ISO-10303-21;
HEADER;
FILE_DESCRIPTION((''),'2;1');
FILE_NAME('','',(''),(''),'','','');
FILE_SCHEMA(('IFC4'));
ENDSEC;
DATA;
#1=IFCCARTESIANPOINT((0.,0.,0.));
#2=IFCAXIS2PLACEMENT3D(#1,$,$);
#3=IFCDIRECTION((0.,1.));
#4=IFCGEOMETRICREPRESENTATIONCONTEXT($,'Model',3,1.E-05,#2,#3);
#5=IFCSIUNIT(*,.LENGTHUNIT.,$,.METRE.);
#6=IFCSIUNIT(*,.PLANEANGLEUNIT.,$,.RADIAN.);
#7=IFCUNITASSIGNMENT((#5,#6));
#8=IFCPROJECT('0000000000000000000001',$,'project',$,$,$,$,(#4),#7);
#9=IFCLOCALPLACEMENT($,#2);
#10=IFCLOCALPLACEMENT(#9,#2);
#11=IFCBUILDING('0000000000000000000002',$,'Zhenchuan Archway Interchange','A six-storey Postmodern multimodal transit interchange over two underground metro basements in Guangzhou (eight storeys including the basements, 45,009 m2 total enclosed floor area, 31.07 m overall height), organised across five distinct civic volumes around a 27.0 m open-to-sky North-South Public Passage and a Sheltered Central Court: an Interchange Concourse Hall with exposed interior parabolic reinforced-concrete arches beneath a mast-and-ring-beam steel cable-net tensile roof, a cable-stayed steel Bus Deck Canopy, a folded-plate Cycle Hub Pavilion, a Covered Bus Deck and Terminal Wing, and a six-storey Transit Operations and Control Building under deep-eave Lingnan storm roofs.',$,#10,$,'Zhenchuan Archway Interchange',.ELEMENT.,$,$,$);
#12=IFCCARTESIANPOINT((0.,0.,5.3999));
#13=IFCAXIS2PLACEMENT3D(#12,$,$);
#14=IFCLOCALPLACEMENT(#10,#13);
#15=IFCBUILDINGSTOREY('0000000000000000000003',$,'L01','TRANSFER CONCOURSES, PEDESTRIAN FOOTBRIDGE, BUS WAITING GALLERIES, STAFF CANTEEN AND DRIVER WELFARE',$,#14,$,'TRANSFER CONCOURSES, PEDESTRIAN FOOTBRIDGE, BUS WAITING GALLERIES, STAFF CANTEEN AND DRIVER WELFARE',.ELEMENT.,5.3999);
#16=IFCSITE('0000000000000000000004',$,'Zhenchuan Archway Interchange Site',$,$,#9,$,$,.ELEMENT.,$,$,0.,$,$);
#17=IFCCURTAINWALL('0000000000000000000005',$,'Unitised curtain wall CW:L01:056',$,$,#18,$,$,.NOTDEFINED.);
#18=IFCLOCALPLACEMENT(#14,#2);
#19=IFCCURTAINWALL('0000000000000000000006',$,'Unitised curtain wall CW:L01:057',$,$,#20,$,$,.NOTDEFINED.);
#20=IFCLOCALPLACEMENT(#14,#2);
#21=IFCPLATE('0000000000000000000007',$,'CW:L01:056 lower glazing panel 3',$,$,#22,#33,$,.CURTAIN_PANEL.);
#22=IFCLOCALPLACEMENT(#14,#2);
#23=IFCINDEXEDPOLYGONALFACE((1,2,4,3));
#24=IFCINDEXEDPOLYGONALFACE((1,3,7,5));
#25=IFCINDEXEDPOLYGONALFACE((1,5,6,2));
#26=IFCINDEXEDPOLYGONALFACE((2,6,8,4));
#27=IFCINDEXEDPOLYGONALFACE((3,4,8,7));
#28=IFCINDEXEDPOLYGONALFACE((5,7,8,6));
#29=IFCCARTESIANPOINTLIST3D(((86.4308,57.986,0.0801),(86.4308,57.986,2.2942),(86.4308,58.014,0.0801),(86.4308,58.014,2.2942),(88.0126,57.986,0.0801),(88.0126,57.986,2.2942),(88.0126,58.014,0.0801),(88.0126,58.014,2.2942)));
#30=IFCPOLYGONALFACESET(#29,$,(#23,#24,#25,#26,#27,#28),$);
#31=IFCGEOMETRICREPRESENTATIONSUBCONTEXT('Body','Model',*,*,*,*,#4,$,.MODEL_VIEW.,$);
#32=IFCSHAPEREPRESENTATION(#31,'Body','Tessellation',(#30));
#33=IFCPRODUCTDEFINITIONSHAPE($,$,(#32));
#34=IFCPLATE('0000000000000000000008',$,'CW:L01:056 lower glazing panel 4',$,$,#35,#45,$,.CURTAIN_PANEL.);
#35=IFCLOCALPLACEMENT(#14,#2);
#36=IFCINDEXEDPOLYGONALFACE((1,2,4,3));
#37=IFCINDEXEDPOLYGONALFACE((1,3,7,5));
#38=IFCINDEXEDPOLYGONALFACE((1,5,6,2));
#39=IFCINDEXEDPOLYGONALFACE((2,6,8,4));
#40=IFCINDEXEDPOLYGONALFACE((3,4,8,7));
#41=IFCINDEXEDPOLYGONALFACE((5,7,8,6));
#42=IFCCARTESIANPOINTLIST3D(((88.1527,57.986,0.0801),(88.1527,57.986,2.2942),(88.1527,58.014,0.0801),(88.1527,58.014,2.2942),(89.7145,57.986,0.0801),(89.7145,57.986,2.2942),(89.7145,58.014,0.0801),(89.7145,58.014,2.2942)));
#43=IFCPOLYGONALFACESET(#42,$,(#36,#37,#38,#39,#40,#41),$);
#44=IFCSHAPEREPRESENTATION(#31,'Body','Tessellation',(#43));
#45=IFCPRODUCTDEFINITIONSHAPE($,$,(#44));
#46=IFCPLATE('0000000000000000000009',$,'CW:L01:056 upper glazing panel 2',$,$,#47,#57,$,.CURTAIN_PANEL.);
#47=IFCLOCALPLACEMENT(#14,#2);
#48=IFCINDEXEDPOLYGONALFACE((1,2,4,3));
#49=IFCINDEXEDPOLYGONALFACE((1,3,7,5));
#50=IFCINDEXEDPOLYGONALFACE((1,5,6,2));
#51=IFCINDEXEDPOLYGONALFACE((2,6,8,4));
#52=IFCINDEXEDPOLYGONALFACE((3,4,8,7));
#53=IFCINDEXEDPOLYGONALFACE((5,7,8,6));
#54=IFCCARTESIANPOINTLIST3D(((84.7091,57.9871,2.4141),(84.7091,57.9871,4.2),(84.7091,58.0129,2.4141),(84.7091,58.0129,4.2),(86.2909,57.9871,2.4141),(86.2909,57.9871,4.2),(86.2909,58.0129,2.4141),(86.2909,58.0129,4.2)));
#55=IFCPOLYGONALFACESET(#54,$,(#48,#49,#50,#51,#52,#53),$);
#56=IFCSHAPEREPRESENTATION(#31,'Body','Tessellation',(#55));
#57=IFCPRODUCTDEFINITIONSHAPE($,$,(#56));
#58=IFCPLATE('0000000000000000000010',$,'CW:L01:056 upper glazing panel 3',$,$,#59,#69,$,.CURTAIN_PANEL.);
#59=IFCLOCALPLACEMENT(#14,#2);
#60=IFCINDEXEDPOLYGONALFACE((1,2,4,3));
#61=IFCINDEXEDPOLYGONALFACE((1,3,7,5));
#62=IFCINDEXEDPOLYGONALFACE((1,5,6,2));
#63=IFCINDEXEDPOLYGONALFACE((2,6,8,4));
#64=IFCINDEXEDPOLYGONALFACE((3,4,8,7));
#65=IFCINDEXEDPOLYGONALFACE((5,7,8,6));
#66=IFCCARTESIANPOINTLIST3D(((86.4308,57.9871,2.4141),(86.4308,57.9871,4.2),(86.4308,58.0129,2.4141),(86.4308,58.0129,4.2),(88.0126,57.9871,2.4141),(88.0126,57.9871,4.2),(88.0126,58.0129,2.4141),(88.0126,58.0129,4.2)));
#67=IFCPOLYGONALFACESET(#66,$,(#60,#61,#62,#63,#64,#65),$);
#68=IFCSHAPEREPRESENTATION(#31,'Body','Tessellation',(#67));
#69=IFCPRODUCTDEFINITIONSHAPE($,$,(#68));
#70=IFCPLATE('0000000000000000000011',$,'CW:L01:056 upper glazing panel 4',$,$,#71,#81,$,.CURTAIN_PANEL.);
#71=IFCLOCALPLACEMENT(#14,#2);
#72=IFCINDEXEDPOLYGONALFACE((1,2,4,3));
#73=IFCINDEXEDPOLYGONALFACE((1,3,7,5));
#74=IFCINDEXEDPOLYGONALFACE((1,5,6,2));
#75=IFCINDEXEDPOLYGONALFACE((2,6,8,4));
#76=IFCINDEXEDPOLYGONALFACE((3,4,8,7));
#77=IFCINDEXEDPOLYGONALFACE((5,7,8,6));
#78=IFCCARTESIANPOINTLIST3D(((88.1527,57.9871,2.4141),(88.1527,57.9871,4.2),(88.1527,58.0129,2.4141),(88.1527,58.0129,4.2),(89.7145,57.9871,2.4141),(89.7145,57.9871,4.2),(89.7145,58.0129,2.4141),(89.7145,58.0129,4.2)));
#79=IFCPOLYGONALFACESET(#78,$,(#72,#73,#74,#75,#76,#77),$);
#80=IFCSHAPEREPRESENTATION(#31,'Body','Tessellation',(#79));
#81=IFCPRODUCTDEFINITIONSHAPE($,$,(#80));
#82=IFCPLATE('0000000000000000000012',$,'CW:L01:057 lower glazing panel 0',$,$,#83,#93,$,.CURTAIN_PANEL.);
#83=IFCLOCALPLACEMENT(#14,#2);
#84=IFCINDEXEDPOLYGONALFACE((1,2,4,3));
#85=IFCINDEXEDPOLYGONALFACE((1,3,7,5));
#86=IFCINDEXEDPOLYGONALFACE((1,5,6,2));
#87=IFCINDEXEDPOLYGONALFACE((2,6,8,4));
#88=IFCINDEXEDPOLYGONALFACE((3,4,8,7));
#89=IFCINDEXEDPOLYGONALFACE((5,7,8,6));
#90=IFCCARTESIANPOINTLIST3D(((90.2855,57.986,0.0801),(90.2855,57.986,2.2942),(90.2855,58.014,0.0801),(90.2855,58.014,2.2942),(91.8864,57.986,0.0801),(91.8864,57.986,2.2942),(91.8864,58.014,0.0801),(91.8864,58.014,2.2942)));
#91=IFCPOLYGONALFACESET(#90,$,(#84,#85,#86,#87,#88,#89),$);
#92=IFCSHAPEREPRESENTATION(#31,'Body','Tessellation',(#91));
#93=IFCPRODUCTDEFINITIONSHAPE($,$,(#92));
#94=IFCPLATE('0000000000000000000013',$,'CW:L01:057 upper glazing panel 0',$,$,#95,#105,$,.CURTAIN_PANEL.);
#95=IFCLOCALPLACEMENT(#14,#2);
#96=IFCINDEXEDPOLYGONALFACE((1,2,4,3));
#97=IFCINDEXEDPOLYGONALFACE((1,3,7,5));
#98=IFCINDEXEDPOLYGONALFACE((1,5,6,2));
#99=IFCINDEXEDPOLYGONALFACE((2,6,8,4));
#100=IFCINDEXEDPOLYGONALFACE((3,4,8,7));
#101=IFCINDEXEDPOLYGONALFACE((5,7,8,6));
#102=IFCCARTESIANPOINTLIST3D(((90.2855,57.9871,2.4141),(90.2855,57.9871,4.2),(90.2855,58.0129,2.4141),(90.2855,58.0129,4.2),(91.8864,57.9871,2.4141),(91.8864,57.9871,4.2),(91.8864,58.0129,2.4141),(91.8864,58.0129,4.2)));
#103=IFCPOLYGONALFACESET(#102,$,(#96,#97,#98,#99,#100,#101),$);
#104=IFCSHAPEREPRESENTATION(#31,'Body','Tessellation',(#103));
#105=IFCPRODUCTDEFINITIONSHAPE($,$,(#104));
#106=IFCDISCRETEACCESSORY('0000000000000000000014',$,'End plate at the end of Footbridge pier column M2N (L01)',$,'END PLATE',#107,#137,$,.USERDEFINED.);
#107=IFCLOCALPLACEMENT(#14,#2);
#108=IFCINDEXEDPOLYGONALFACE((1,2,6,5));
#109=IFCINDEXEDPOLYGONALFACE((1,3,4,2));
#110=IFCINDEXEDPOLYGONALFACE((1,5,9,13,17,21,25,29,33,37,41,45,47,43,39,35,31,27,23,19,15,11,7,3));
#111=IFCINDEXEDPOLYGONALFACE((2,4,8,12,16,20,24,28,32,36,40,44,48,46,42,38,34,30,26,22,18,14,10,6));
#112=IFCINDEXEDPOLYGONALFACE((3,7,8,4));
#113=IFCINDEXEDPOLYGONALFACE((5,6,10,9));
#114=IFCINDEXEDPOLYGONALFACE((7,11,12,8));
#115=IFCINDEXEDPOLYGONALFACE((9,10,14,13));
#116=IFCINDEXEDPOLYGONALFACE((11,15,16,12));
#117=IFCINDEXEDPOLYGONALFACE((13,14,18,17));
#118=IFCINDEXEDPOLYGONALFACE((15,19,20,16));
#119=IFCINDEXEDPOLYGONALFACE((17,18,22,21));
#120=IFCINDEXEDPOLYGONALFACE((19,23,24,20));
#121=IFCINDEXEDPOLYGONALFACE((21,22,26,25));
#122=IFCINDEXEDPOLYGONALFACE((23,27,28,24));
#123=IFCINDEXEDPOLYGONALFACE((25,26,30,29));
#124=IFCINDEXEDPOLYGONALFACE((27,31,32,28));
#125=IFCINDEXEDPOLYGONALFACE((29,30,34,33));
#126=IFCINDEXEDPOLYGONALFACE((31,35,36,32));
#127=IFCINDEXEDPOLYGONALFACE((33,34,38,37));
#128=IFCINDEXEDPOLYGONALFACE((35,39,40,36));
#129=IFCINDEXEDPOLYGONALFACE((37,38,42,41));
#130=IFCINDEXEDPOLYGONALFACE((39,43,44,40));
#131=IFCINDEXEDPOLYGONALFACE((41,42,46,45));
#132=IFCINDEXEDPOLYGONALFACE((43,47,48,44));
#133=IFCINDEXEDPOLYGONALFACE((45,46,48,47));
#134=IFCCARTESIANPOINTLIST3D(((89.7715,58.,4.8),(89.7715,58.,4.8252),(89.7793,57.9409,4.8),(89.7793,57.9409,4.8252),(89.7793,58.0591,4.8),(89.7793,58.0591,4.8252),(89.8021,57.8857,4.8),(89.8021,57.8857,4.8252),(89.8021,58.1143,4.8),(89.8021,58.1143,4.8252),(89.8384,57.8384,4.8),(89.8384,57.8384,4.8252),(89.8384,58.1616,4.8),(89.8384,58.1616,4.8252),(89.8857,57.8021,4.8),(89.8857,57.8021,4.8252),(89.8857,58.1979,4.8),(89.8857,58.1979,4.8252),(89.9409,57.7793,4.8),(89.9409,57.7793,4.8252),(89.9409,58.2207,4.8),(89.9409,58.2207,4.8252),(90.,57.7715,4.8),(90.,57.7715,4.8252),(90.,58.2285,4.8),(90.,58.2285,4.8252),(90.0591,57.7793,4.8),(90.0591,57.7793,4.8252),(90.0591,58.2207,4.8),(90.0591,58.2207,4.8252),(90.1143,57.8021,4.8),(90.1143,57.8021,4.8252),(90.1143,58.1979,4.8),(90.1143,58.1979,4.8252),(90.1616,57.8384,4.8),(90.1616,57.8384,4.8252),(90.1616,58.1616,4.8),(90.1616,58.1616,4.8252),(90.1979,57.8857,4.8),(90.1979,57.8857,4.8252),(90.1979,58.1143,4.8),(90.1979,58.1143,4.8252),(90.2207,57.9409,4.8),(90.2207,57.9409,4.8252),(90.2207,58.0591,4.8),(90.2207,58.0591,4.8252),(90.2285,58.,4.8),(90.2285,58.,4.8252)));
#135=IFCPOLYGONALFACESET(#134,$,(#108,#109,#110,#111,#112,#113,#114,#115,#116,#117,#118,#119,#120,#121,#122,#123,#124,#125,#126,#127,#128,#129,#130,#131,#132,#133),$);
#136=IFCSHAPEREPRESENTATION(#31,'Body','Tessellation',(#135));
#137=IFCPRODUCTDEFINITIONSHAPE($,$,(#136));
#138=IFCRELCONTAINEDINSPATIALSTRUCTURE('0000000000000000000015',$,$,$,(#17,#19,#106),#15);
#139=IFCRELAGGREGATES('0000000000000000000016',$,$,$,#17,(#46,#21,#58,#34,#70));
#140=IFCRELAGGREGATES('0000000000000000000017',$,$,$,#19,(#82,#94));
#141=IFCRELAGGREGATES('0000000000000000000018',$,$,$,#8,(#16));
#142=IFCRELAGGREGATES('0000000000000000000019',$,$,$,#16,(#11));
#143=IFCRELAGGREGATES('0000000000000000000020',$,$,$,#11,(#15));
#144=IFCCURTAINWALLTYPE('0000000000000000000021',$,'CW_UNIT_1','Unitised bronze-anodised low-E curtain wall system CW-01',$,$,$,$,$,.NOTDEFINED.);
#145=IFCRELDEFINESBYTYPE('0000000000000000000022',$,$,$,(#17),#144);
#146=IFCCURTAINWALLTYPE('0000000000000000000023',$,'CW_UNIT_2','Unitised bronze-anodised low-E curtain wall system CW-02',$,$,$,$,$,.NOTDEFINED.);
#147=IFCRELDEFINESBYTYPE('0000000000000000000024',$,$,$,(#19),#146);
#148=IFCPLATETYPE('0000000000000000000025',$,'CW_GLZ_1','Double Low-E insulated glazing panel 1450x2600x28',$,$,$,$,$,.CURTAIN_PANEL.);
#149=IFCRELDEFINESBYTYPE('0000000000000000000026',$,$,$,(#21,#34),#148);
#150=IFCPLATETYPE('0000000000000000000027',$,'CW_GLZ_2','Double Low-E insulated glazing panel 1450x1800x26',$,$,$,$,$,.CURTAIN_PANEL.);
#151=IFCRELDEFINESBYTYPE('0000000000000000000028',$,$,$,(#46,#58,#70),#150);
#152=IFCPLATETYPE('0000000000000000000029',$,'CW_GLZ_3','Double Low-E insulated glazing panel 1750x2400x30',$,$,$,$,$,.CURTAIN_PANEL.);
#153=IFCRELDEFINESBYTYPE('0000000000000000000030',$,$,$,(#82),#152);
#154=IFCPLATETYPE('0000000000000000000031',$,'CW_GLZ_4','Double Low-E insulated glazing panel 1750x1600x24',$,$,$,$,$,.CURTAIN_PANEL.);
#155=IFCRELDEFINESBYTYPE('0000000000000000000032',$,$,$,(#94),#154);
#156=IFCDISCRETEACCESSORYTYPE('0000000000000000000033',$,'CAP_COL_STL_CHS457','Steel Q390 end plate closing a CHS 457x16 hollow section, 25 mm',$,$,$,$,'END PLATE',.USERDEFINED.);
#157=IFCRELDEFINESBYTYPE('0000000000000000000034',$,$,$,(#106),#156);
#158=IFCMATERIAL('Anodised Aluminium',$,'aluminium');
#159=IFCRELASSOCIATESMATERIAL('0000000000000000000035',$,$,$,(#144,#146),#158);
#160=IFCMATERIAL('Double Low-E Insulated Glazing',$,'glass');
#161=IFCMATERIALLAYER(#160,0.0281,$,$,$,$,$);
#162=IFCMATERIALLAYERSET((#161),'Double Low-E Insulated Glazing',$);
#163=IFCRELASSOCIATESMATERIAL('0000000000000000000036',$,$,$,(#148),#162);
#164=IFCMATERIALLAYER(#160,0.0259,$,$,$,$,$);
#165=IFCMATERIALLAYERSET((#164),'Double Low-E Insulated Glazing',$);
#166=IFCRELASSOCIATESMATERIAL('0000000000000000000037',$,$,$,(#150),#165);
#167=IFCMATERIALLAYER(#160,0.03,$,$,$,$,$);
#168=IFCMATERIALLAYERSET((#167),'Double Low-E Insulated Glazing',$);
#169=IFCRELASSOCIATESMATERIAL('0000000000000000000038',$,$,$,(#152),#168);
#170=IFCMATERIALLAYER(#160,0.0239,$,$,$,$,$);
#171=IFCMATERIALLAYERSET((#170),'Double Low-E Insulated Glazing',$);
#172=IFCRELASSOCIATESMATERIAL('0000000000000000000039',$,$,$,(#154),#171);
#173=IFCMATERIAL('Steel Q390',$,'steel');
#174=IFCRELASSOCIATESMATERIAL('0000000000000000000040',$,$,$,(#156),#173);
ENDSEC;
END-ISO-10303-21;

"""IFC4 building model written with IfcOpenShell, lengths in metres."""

from ifc_helpers import new_model, si_unit, direction, frame, origin, origin_2d, place, context, subcontext, project, spatial, rectangle, circle, extrude, material, layer, layer_set, type_object, element, aggregate, save


model = new_model("IFC4")

# Units and contexts
model_context = context("Model", 3, precision=1e-05, world=origin(), true_north=direction((0.0, 1.0)))
body_context = subcontext(model_context, "Body", "Model", "MODEL_VIEW")
ifc_project = project(units=[si_unit("LENGTHUNIT", "METRE"), si_unit("PLANEANGLEUNIT", "RADIAN")], contexts=[model_context])

# Site, building, storey
site_placement = place(None, origin())
site = spatial("IfcSite", under=ifc_project, at=site_placement, Name="Zhenchuan Archway Interchange Site", CompositionType="ELEMENT", RefElevation=0.0)
building_placement = place(site_placement, origin())
building = spatial("IfcBuilding", under=site, at=building_placement, Name="Zhenchuan Archway Interchange", Description="A six-storey Postmodern multimodal transit interchange over two underground metro basements in Guangzhou (eight storeys including the basements, 45,009 m2 total enclosed floor area, 31.07 m overall height), organised across five distinct civic volumes around a 27.0 m open-to-sky North-South Public Passage and a Sheltered Central Court: an Interchange Concourse Hall with exposed interior parabolic reinforced-concrete arches beneath a mast-and-ring-beam steel cable-net tensile roof, a cable-stayed steel Bus Deck Canopy, a folded-plate Cycle Hub Pavilion, a Covered Bus Deck and Terminal Wing, and a six-storey Transit Operations and Control Building under deep-eave Lingnan storm roofs.", LongName="Zhenchuan Archway Interchange", CompositionType="ELEMENT")
storey_placement = place(building_placement, frame((0.0, 0.0, 5.3999)))
storey = spatial("IfcBuildingStorey", under=building, at=storey_placement, Name="L01", Description="TRANSFER CONCOURSES, PEDESTRIAN FOOTBRIDGE, BUS WAITING GALLERIES, STAFF CANTEEN AND DRIVER WELFARE", LongName="TRANSFER CONCOURSES, PEDESTRIAN FOOTBRIDGE, BUS WAITING GALLERIES, STAFF CANTEEN AND DRIVER WELFARE", CompositionType="ELEMENT", Elevation=5.3999)

# Shared definitions
ifc_material_1 = material(Name="Steel Q390", Category="steel")

# Curtain walls
ifc_material_2 = material(Name="Anodised Aluminium", Category="aluminium")
curtain_wall_type_1 = type_object("IfcCurtainWallType", Name="CW_UNIT_1", Description="Unitised bronze-anodised low-E curtain wall system CW-01", PredefinedType="NOTDEFINED", material=ifc_material_2)
curtain_wall_1_placement = place(storey_placement, origin())
curtain_wall_1 = element("IfcCurtainWall", 1, at=curtain_wall_1_placement, inside=storey, type_object=curtain_wall_type_1, Name="Unitised curtain wall CW:L01:056", PredefinedType="NOTDEFINED")
curtain_wall_type_2 = type_object("IfcCurtainWallType", Name="CW_UNIT_2", Description="Unitised bronze-anodised low-E curtain wall system CW-02", PredefinedType="NOTDEFINED", material=ifc_material_2)
curtain_wall_2_placement = place(storey_placement, origin())
curtain_wall_2 = element("IfcCurtainWall", 2, at=curtain_wall_2_placement, inside=storey, type_object=curtain_wall_type_2, Name="Unitised curtain wall CW:L01:057", PredefinedType="NOTDEFINED")

# Plates
ifc_material_3 = material(Name="Double Low-E Insulated Glazing", Category="glass")
ifc_layer_1 = layer(ifc_material_3, 0.0281)
ifc_layer_set_1 = layer_set([ifc_layer_1], Name="Double Low-E Insulated Glazing")
plate_type_1 = type_object("IfcPlateType", Name="CW_GLZ_1", Description="Double Low-E insulated glazing panel 1450x2600x28", PredefinedType="CURTAIN_PANEL", material=ifc_layer_set_1)
plate_1_placement = place(storey_placement, frame((87.2217, 58.0, 0.0801), z_axis=(0.0, 0.0, 1.0), x_axis=(1.0, 0.0, 0.0)))
plate_1 = element("IfcPlate", 3, at=plate_1_placement, type_object=plate_type_1, Name="CW:L01:056 lower glazing panel 3", PredefinedType="CURTAIN_PANEL", context=body_context, shape_type="SweptSolid", body=[
    extrude(rectangle(XDim=1.5818, YDim=0.0281, at=origin_2d()), origin(), (0.0, 0.0, 1.0), 2.2141),
])
plate_2_placement = place(storey_placement, frame((88.9336, 58.0, 0.0801), z_axis=(0.0, 0.0, 1.0), x_axis=(1.0, 0.0, 0.0)))
plate_2 = element("IfcPlate", 4, at=plate_2_placement, type_object=plate_type_1, Name="CW:L01:056 lower glazing panel 4", PredefinedType="CURTAIN_PANEL", context=body_context, shape_type="SweptSolid", body=[
    extrude(rectangle(XDim=1.5618, YDim=0.0281, at=origin_2d()), origin(), (0.0, 0.0, 1.0), 2.2141),
])
ifc_layer_2 = layer(ifc_material_3, 0.0259)
ifc_layer_set_2 = layer_set([ifc_layer_2], Name="Double Low-E Insulated Glazing")
plate_type_2 = type_object("IfcPlateType", Name="CW_GLZ_2", Description="Double Low-E insulated glazing panel 1450x1800x26", PredefinedType="CURTAIN_PANEL", material=ifc_layer_set_2)
plate_3_placement = place(storey_placement, frame((85.5, 58.0, 2.4141), z_axis=(0.0, 0.0, 1.0), x_axis=(1.0, 0.0, 0.0)))
plate_3 = element("IfcPlate", 5, at=plate_3_placement, type_object=plate_type_2, Name="CW:L01:056 upper glazing panel 2", PredefinedType="CURTAIN_PANEL", context=body_context, shape_type="SweptSolid", body=[
    extrude(rectangle(XDim=1.5818, YDim=0.0259, at=origin_2d()), origin(), (0.0, 0.0, 1.0), 1.7859),
])
plate_4_placement = place(storey_placement, frame((87.2217, 58.0, 2.4141), z_axis=(0.0, 0.0, 1.0), x_axis=(1.0, 0.0, 0.0)))
plate_4 = element("IfcPlate", 6, at=plate_4_placement, type_object=plate_type_2, Name="CW:L01:056 upper glazing panel 3", PredefinedType="CURTAIN_PANEL", context=body_context, shape_type="SweptSolid", body=[
    extrude(rectangle(XDim=1.5818, YDim=0.0259, at=origin_2d()), origin(), (0.0, 0.0, 1.0), 1.7859),
])
plate_5_placement = place(storey_placement, frame((88.9336, 58.0, 2.4141), z_axis=(0.0, 0.0, 1.0), x_axis=(1.0, 0.0, 0.0)))
plate_5 = element("IfcPlate", 7, at=plate_5_placement, type_object=plate_type_2, Name="CW:L01:056 upper glazing panel 4", PredefinedType="CURTAIN_PANEL", context=body_context, shape_type="SweptSolid", body=[
    extrude(rectangle(XDim=1.5618, YDim=0.0259, at=origin_2d()), origin(), (0.0, 0.0, 1.0), 1.7859),
])
aggregate(curtain_wall_1, [plate_3, plate_1, plate_4, plate_2, plate_5])
ifc_layer_3 = layer(ifc_material_3, 0.03)
ifc_layer_set_3 = layer_set([ifc_layer_3], Name="Double Low-E Insulated Glazing")
plate_type_3 = type_object("IfcPlateType", Name="CW_GLZ_3", Description="Double Low-E insulated glazing panel 1750x2400x30", PredefinedType="CURTAIN_PANEL", material=ifc_layer_set_3)
plate_6_placement = place(storey_placement, frame((91.0859, 58.0, 0.0801), z_axis=(0.0, 0.0, 1.0), x_axis=(1.0, 0.0, 0.0)))
plate_6 = element("IfcPlate", 8, at=plate_6_placement, type_object=plate_type_3, Name="CW:L01:057 lower glazing panel 0", PredefinedType="CURTAIN_PANEL", context=body_context, shape_type="SweptSolid", body=[
    extrude(rectangle(XDim=1.6008, YDim=0.0281, at=origin_2d()), origin(), (0.0, 0.0, 1.0), 2.2141),
])
ifc_layer_4 = layer(ifc_material_3, 0.0239)
ifc_layer_set_4 = layer_set([ifc_layer_4], Name="Double Low-E Insulated Glazing")
plate_type_4 = type_object("IfcPlateType", Name="CW_GLZ_4", Description="Double Low-E insulated glazing panel 1750x1600x24", PredefinedType="CURTAIN_PANEL", material=ifc_layer_set_4)
plate_7_placement = place(storey_placement, frame((91.0859, 58.0, 2.4141), z_axis=(0.0, 0.0, 1.0), x_axis=(1.0, 0.0, 0.0)))
plate_7 = element("IfcPlate", 9, at=plate_7_placement, type_object=plate_type_4, Name="CW:L01:057 upper glazing panel 0", PredefinedType="CURTAIN_PANEL", context=body_context, shape_type="SweptSolid", body=[
    extrude(rectangle(XDim=1.6008, YDim=0.0259, at=origin_2d()), origin(), (0.0, 0.0, 1.0), 1.7859),
])
aggregate(curtain_wall_2, [plate_6, plate_7])

# Discrete accessory
discrete_accessory_type = type_object("IfcDiscreteAccessoryType", Name="CAP_COL_STL_CHS457", Description="Steel Q390 end plate closing a CHS 457x16 hollow section, 25 mm", ElementType="END PLATE", PredefinedType="USERDEFINED", material=ifc_material_1)
discrete_accessory_placement = place(storey_placement, frame((90.0, 58.0, 4.8), z_axis=(0.0, 0.0, 1.0), x_axis=(1.0, 0.0, 0.0)))
element("IfcDiscreteAccessory", 10, at=discrete_accessory_placement, inside=storey, type_object=discrete_accessory_type, Name="End plate at the end of Footbridge pier column M2N (L01)", ObjectType="END PLATE", PredefinedType="USERDEFINED", context=body_context, shape_type="SweptSolid", body=[
    extrude(circle(Radius=0.2285, at=origin_2d()), origin(), (0.0, 0.0, 1.0), 0.0251),
])

save(model, "model.ifc")
